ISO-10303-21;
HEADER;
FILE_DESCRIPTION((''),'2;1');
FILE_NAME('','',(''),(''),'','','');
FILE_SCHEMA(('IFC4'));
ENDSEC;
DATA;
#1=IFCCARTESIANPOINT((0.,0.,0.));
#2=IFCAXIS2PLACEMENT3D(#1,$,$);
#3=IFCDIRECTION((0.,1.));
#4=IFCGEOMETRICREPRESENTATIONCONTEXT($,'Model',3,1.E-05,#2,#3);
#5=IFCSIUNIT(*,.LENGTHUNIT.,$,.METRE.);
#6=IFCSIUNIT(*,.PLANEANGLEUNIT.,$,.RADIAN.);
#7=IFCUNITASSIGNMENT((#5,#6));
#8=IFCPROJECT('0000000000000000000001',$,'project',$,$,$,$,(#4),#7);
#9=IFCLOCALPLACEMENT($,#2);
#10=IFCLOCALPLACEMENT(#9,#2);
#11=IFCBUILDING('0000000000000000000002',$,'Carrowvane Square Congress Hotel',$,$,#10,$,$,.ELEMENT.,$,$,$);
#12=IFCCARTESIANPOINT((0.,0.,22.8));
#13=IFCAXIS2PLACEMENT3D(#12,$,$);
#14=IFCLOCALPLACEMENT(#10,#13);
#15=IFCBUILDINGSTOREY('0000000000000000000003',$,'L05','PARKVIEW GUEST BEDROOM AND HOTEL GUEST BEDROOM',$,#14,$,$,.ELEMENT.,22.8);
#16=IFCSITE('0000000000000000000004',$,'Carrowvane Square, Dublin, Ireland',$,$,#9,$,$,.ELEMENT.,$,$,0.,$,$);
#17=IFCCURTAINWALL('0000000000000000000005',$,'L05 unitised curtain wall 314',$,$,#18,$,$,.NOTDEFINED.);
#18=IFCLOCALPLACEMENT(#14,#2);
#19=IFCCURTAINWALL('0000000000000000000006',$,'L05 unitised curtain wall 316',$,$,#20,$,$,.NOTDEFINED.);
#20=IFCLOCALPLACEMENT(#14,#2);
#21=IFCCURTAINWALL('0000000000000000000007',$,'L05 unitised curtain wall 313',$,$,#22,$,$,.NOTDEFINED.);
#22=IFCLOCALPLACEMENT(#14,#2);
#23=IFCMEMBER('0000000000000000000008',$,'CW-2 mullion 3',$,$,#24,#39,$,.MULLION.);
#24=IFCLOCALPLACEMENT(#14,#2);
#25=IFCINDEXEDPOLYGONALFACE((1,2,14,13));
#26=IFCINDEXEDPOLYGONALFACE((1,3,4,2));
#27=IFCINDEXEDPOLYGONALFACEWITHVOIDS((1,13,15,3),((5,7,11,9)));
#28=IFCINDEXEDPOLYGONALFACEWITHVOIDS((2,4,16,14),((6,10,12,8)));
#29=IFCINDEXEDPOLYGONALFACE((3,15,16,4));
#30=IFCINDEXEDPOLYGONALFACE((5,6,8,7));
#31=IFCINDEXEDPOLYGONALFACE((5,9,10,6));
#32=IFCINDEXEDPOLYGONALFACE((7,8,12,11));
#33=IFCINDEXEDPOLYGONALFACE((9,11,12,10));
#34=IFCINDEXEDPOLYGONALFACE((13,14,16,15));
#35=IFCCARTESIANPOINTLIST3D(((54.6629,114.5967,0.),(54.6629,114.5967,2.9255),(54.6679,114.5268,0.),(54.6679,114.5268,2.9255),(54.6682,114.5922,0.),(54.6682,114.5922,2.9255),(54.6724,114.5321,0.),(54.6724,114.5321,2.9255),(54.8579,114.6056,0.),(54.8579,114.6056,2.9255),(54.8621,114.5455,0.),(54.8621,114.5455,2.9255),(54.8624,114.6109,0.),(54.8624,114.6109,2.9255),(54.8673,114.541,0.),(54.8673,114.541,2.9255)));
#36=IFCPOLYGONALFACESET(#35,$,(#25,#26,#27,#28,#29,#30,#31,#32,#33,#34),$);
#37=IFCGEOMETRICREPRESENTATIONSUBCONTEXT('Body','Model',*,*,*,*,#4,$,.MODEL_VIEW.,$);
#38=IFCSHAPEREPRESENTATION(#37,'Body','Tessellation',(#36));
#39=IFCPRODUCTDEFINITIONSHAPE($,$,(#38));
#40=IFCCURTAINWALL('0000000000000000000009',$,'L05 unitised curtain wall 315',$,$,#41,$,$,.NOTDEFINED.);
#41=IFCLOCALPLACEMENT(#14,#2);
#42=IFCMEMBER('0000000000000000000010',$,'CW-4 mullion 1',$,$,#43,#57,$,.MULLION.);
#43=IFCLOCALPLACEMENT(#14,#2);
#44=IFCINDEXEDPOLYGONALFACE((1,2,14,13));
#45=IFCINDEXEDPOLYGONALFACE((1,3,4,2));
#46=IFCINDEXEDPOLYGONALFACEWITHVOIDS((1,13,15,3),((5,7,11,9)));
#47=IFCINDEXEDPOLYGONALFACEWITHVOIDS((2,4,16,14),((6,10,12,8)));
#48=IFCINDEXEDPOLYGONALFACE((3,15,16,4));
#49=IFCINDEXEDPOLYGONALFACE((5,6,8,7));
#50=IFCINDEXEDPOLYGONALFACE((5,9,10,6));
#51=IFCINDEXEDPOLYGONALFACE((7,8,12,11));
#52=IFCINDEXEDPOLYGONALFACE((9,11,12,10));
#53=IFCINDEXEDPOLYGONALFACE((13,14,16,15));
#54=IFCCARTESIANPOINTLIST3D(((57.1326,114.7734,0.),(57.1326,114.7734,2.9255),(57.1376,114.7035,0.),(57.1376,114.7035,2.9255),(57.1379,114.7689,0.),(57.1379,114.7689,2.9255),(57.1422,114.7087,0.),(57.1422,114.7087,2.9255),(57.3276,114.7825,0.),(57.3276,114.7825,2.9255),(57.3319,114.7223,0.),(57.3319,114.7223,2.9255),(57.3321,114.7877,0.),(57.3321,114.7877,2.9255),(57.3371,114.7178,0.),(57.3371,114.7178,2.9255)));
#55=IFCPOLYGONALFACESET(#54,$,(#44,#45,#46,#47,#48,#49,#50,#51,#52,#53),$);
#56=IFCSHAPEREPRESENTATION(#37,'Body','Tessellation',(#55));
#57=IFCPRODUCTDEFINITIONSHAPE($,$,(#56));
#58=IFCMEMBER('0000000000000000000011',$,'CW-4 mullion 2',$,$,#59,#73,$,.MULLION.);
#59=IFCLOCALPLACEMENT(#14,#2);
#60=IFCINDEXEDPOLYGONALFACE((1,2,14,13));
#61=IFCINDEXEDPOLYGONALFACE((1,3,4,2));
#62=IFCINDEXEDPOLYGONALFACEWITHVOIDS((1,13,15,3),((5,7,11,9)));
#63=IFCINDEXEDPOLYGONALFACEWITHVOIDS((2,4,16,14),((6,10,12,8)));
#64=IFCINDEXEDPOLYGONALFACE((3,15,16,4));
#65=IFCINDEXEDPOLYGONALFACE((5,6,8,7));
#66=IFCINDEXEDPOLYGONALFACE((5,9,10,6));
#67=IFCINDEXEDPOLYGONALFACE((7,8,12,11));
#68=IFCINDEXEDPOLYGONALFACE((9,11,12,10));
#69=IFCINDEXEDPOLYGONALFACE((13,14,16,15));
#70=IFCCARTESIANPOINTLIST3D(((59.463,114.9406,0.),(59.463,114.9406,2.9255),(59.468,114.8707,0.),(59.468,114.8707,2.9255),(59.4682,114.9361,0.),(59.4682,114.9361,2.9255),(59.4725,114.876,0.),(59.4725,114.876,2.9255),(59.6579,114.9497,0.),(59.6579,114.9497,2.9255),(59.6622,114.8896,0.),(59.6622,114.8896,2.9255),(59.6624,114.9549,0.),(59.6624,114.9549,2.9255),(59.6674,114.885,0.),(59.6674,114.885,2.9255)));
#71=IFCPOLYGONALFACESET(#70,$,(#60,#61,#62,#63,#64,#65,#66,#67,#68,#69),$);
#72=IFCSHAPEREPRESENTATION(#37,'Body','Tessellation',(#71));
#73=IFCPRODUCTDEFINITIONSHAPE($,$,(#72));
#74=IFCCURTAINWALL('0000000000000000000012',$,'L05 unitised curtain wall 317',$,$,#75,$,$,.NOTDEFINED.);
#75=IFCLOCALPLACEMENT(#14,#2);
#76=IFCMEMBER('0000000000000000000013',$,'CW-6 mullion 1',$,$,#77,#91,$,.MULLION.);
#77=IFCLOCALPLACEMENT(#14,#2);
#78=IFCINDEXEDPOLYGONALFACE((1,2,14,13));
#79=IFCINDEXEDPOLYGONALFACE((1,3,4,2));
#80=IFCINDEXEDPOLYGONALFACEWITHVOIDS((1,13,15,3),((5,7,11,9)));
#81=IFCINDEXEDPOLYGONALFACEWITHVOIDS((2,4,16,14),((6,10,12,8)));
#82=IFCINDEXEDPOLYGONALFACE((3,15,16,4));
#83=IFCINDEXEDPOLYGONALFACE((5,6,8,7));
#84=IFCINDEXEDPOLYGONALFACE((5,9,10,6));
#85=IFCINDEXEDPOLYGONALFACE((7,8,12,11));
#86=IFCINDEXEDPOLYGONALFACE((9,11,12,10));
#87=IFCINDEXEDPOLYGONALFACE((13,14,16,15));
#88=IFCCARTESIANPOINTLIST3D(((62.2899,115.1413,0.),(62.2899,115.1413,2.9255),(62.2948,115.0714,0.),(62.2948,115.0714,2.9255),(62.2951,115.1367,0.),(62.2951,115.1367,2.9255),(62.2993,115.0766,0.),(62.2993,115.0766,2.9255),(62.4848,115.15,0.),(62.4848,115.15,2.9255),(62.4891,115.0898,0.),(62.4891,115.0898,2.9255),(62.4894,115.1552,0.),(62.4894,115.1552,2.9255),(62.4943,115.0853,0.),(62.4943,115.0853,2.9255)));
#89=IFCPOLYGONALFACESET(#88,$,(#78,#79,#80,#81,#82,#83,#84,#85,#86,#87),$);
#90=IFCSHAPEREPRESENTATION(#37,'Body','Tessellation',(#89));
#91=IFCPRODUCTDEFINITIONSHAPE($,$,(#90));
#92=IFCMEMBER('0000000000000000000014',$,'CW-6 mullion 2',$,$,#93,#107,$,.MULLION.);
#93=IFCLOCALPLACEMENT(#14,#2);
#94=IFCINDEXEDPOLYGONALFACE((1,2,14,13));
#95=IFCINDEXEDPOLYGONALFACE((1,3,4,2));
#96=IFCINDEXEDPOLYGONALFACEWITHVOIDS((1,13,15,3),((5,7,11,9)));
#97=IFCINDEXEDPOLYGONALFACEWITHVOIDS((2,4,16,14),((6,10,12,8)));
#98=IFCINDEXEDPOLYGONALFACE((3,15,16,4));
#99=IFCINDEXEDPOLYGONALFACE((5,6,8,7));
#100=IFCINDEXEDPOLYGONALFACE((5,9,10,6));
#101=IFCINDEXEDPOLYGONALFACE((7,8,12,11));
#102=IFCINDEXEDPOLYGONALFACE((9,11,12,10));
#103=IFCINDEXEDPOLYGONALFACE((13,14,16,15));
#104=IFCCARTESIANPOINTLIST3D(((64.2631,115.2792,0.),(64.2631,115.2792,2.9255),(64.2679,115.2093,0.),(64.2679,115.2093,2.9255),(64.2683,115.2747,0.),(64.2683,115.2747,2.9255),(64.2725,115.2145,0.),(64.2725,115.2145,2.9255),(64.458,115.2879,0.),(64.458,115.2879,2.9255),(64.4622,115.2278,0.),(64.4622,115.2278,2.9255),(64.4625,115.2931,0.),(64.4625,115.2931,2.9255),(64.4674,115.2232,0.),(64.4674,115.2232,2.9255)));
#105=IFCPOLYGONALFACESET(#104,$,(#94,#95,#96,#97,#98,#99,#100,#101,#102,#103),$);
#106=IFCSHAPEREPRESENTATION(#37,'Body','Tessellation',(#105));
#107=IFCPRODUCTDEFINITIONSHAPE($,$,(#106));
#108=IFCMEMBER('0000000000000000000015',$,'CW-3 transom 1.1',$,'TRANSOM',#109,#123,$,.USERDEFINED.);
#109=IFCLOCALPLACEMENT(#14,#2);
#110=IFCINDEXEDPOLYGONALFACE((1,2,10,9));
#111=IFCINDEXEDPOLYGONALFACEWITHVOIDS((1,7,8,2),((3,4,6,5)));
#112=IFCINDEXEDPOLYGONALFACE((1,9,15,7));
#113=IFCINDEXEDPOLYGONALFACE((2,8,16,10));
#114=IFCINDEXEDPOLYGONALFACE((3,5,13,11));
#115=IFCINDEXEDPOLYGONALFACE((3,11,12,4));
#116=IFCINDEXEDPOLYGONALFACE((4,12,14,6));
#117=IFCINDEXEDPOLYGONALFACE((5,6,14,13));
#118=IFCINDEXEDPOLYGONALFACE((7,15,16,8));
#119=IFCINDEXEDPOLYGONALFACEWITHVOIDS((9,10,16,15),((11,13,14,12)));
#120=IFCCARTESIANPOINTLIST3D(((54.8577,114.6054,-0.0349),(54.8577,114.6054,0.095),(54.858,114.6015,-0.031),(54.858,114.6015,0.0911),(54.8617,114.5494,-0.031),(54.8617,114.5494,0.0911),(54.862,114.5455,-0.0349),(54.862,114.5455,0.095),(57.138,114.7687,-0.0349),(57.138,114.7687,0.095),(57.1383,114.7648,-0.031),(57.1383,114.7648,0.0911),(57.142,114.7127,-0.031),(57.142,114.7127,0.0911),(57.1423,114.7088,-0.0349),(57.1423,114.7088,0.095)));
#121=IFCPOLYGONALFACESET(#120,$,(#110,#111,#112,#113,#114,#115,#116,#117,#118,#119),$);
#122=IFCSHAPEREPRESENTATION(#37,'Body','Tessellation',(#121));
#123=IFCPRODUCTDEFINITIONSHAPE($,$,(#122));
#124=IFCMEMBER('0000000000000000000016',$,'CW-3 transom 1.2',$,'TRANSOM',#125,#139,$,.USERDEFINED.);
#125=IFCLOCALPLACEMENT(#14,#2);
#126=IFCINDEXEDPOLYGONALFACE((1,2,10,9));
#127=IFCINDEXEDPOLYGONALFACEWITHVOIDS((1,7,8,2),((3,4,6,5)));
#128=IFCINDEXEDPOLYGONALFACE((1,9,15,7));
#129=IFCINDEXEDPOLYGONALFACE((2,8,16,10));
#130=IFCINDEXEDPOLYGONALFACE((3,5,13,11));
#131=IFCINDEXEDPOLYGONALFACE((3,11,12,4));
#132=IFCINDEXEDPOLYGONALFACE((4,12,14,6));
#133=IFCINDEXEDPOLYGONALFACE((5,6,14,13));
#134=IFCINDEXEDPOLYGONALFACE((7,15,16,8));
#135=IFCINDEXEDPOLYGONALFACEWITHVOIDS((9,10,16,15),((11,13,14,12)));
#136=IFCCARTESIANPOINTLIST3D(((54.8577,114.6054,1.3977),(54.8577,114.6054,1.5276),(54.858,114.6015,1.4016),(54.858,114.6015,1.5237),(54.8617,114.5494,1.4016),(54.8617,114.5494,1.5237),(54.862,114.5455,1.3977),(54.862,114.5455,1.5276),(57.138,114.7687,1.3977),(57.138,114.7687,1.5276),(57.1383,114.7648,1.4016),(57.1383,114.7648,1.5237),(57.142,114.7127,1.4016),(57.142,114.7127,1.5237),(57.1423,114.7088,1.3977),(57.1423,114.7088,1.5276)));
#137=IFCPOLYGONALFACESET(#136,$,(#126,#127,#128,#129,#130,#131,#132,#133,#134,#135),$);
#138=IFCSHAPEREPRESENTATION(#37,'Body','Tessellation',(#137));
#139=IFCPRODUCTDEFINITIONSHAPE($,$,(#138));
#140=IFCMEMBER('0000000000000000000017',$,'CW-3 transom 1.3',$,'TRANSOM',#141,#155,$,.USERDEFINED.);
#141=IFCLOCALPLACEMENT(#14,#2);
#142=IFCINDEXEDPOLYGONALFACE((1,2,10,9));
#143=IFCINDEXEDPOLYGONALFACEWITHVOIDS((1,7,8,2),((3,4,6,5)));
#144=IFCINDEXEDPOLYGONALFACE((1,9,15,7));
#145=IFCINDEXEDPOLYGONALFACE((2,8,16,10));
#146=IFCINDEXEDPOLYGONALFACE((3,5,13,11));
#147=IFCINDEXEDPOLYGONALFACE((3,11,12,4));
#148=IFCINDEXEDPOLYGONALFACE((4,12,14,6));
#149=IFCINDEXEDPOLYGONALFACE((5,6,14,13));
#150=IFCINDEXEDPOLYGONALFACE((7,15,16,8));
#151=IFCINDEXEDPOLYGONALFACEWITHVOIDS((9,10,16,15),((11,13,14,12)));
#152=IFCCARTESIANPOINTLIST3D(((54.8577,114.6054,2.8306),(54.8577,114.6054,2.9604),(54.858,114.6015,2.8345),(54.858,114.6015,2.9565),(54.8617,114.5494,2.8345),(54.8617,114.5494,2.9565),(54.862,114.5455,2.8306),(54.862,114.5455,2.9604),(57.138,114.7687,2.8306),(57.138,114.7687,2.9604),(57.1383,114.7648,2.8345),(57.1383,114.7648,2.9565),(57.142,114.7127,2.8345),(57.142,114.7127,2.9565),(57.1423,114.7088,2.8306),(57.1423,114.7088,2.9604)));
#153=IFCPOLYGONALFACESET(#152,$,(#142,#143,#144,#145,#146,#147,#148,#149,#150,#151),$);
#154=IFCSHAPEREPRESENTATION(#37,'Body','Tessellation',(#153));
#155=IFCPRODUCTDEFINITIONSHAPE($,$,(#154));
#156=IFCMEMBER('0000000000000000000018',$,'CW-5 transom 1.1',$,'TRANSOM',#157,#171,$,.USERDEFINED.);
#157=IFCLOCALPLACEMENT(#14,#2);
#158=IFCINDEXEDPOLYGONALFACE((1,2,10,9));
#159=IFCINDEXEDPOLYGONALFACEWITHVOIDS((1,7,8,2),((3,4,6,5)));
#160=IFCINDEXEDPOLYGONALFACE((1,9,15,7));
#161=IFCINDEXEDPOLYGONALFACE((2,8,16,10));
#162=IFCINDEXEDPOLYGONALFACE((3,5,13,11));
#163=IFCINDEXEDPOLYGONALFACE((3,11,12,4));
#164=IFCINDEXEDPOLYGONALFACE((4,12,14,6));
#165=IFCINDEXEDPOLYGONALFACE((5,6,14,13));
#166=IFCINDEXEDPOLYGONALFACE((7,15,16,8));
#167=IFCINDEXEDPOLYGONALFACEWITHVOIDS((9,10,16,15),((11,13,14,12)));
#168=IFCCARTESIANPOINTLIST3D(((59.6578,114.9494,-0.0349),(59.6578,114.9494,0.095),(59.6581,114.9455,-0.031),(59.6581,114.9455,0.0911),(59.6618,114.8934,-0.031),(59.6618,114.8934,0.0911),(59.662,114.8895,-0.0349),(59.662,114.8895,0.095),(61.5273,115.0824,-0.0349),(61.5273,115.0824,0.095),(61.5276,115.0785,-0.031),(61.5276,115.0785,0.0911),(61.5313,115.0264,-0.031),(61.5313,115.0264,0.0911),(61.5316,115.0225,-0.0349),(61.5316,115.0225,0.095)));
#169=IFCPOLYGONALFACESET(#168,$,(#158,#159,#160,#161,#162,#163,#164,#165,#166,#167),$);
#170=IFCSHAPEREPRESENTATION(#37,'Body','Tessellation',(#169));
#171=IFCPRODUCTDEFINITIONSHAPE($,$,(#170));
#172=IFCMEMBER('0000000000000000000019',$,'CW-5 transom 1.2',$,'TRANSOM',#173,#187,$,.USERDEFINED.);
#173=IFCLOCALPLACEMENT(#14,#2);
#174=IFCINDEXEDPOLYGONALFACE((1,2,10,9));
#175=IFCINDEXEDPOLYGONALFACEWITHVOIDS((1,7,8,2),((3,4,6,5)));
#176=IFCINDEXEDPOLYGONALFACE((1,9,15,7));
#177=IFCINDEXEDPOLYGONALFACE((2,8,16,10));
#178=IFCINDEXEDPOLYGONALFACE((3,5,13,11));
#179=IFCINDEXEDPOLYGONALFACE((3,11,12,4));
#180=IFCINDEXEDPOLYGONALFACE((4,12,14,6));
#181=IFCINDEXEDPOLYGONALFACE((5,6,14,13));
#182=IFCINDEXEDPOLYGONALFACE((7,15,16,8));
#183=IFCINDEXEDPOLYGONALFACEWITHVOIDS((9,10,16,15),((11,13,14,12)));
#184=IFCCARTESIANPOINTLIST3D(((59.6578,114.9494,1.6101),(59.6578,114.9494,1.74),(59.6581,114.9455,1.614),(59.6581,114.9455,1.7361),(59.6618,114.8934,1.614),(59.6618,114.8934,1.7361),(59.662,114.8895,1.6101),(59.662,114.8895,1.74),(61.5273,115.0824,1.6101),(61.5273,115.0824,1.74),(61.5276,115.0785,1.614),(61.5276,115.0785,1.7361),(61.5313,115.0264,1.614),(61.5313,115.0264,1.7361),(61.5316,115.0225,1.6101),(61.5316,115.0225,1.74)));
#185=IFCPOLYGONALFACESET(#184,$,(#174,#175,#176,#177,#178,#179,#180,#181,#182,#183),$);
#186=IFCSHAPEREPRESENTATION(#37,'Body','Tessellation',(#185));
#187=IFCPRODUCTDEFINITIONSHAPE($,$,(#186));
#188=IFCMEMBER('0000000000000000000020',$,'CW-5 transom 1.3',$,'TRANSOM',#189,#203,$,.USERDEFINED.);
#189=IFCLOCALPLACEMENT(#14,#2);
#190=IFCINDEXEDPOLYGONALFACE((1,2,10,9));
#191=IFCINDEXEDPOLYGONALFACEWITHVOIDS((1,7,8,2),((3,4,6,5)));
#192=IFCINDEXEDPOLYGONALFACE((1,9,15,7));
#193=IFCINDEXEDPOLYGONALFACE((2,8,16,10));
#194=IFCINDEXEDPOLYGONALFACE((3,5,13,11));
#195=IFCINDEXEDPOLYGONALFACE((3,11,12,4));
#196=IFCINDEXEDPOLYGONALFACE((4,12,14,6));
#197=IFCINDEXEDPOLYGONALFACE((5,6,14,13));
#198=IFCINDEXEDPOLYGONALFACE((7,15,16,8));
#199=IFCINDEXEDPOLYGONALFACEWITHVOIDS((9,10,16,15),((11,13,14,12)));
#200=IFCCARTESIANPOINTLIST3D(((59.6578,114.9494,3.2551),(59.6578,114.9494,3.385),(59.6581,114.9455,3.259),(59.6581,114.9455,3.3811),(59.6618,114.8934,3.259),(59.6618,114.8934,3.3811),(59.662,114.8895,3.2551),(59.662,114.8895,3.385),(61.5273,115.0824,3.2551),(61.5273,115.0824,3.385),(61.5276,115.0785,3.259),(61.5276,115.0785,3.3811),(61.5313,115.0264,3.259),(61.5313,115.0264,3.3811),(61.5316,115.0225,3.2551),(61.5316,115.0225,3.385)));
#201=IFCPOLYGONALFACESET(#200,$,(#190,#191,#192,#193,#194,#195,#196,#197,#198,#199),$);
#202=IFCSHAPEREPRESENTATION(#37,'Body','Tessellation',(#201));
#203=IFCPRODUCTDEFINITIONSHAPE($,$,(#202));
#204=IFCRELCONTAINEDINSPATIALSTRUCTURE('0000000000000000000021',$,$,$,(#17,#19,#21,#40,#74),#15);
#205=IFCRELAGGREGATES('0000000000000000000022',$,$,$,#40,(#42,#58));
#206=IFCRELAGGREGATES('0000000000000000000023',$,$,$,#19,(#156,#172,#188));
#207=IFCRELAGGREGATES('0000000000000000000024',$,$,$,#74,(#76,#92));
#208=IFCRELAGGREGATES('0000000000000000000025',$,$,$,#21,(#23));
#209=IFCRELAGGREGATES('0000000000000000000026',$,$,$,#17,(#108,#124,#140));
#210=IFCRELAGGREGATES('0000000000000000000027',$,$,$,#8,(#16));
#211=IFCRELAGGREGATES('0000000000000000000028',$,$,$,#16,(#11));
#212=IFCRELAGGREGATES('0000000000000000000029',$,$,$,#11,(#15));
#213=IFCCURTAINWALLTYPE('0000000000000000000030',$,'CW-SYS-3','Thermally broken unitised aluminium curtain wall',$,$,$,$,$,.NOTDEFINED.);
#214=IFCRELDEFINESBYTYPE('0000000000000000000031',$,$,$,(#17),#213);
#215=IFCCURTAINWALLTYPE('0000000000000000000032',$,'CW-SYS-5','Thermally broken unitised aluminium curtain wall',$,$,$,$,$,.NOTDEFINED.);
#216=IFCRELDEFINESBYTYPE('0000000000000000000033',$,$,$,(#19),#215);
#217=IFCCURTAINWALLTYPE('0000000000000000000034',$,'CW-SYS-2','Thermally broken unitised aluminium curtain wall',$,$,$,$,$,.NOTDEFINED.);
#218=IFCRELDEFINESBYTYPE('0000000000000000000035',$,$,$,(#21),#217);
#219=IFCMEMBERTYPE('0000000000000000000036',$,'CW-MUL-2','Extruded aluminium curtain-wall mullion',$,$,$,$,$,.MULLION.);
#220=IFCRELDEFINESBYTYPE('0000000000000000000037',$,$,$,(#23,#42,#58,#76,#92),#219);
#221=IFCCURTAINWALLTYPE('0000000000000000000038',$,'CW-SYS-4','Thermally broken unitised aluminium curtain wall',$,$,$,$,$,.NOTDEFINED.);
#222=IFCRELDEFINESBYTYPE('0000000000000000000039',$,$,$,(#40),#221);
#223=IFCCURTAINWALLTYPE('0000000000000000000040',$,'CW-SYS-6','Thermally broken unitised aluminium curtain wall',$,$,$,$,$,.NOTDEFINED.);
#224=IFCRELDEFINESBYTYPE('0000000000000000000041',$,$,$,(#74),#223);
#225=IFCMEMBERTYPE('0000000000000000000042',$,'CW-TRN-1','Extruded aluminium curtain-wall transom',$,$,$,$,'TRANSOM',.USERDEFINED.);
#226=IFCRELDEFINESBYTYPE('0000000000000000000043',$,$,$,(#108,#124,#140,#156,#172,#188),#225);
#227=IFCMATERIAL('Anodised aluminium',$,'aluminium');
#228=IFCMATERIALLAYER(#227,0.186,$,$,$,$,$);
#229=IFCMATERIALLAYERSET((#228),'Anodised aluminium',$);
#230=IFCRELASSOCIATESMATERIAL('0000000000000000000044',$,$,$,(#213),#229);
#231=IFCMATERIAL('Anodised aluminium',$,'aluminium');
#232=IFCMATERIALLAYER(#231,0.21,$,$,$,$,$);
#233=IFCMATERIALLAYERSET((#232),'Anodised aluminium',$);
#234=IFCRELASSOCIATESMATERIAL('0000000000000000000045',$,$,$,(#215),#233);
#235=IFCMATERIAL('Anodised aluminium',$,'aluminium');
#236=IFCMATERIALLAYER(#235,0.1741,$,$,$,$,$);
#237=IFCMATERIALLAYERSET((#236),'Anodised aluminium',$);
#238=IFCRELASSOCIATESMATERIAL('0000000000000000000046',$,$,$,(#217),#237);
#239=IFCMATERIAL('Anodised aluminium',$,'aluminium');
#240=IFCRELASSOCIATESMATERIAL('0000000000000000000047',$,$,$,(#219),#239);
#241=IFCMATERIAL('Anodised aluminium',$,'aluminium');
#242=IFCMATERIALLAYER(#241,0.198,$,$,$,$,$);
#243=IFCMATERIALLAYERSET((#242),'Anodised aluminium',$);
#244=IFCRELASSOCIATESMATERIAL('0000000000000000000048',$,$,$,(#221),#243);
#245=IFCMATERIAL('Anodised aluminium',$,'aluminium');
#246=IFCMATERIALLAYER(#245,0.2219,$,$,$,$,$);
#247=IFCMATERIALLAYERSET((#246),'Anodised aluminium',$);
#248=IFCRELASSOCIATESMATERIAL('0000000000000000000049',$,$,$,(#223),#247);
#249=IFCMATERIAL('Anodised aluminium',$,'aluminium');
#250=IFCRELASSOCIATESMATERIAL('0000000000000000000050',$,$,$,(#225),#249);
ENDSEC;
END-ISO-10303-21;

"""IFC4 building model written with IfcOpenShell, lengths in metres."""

from ifc_helpers import new_model, si_unit, direction, frame, origin, origin_2d, place, context, subcontext, project, spatial, hollow_rectangle, extrude, material, layer, layer_set, material_profile, profile_set, type_object, element, aggregate, save


model = new_model("IFC4")

# Units and contexts
model_context = context("Model", 3, precision=1e-05, world=origin(), true_north=direction((0.0, 1.0)))
body_context = subcontext(model_context, "Body", "Model", "MODEL_VIEW")
ifc_project = project(units=[si_unit("LENGTHUNIT", "METRE"), si_unit("PLANEANGLEUNIT", "RADIAN")], contexts=[model_context])

# Site, building, storey
site_placement = place(None, origin())
site = spatial("IfcSite", under=ifc_project, at=site_placement, Name="Carrowvane Square, Dublin, Ireland", CompositionType="ELEMENT", RefElevation=0.0)
building_placement = place(site_placement, origin())
building = spatial("IfcBuilding", under=site, at=building_placement, Name="Carrowvane Square Congress Hotel", CompositionType="ELEMENT")
storey_placement = place(building_placement, frame((0.0, 0.0, 22.8)))
storey = spatial("IfcBuildingStorey", under=building, at=storey_placement, Name="L05", Description="PARKVIEW GUEST BEDROOM AND HOTEL GUEST BEDROOM", CompositionType="ELEMENT", Elevation=22.8)

# Curtain walls
ifc_material_1 = material(Name="Anodised aluminium", Category="aluminium")
ifc_layer_1 = layer(ifc_material_1, 0.186)
ifc_layer_set_1 = layer_set([ifc_layer_1], Name="Anodised aluminium")
curtain_wall_type_1 = type_object("IfcCurtainWallType", Name="CW-SYS-3", Description="Thermally broken unitised aluminium curtain wall", PredefinedType="NOTDEFINED", material=ifc_layer_set_1)
curtain_wall_1_placement = place(storey_placement, origin())
curtain_wall_1 = element("IfcCurtainWall", 1, at=curtain_wall_1_placement, inside=storey, type_object=curtain_wall_type_1, Name="L05 unitised curtain wall 314", PredefinedType="NOTDEFINED")
ifc_material_2 = material(Name="Anodised aluminium", Category="aluminium")
ifc_layer_2 = layer(ifc_material_2, 0.21)
ifc_layer_set_2 = layer_set([ifc_layer_2], Name="Anodised aluminium")
curtain_wall_type_2 = type_object("IfcCurtainWallType", Name="CW-SYS-5", Description="Thermally broken unitised aluminium curtain wall", PredefinedType="NOTDEFINED", material=ifc_layer_set_2)
curtain_wall_2_placement = place(storey_placement, origin())
curtain_wall_2 = element("IfcCurtainWall", 2, at=curtain_wall_2_placement, inside=storey, type_object=curtain_wall_type_2, Name="L05 unitised curtain wall 316", PredefinedType="NOTDEFINED")

# Curtain wall, member
ifc_material_3 = material(Name="Anodised aluminium", Category="aluminium")
ifc_layer_3 = layer(ifc_material_3, 0.1741)
ifc_layer_set_3 = layer_set([ifc_layer_3], Name="Anodised aluminium")
curtain_wall_type_3 = type_object("IfcCurtainWallType", Name="CW-SYS-2", Description="Thermally broken unitised aluminium curtain wall", PredefinedType="NOTDEFINED", material=ifc_layer_set_3)
curtain_wall_3_placement = place(storey_placement, origin())
curtain_wall_3 = element("IfcCurtainWall", 3, at=curtain_wall_3_placement, inside=storey, type_object=curtain_wall_type_3, Name="L05 unitised curtain wall 313", PredefinedType="NOTDEFINED")
ifc_material_4 = material(Name="Anodised aluminium", Category="aluminium")
ifc_material_profile_1 = material_profile(ifc_material_4, hollow_rectangle(XDim=0.0701, YDim=0.2, WallThickness=0.0049, at=origin_2d()), Name="CW-ML 70x200x5")
ifc_profile_set_1 = profile_set([ifc_material_profile_1], Name="Anodised aluminium")
member_type_1 = type_object("IfcMemberType", Name="CW-MUL-2", Description="Extruded aluminium curtain-wall mullion", PredefinedType="MULLION", material=ifc_profile_set_1)
member_1_placement = place(storey_placement, frame((54.7651, 114.5688, 0.0), z_axis=(0.0, 0.0, 1.0), x_axis=(-0.070586, 0.997506, 0.0)))
member_1 = element("IfcMember", 4, at=member_1_placement, type_object=member_type_1, Name="CW-2 mullion 3", PredefinedType="MULLION", context=body_context, shape_type="SweptSolid", body=[
    extrude(hollow_rectangle(XDim=0.0701, YDim=0.2, WallThickness=0.0049, at=origin_2d()), origin(), (0.0, 0.0, 1.0), 2.9255),
])

# Curtain walls, members
ifc_material_5 = material(Name="Anodised aluminium", Category="aluminium")
ifc_layer_4 = layer(ifc_material_5, 0.198)
ifc_layer_set_4 = layer_set([ifc_layer_4], Name="Anodised aluminium")
curtain_wall_type_4 = type_object("IfcCurtainWallType", Name="CW-SYS-4", Description="Thermally broken unitised aluminium curtain wall", PredefinedType="NOTDEFINED", material=ifc_layer_set_4)
curtain_wall_4_placement = place(storey_placement, origin())
curtain_wall_4 = element("IfcCurtainWall", 5, at=curtain_wall_4_placement, inside=storey, type_object=curtain_wall_type_4, Name="L05 unitised curtain wall 315", PredefinedType="NOTDEFINED")
member_2_placement = place(storey_placement, frame((57.2349, 114.7456, 0.0), z_axis=(0.0, 0.0, 1.0), x_axis=(-0.071532, 0.997438, 0.0)))
member_2 = element("IfcMember", 6, at=member_2_placement, type_object=member_type_1, Name="CW-4 mullion 1", PredefinedType="MULLION", context=body_context, shape_type="SweptSolid", body=[
    extrude(hollow_rectangle(XDim=0.0701, YDim=0.2, WallThickness=0.0049, at=origin_2d()), origin(), (0.0, 0.0, 1.0), 2.9255),
])
member_3_placement = place(storey_placement, frame((59.5652, 114.9128, 0.0), z_axis=(0.0, 0.0, 1.0), x_axis=(-0.071532, 0.997438, 0.0)))
member_3 = element("IfcMember", 7, at=member_3_placement, type_object=member_type_1, Name="CW-4 mullion 2", PredefinedType="MULLION", context=body_context, shape_type="SweptSolid", body=[
    extrude(hollow_rectangle(XDim=0.0701, YDim=0.2, WallThickness=0.0049, at=origin_2d()), origin(), (0.0, 0.0, 1.0), 2.9255),
])
ifc_material_6 = material(Name="Anodised aluminium", Category="aluminium")
ifc_layer_5 = layer(ifc_material_6, 0.2219)
ifc_layer_set_5 = layer_set([ifc_layer_5], Name="Anodised aluminium")
curtain_wall_type_5 = type_object("IfcCurtainWallType", Name="CW-SYS-6", Description="Thermally broken unitised aluminium curtain wall", PredefinedType="NOTDEFINED", material=ifc_layer_set_5)
curtain_wall_5_placement = place(storey_placement, origin())
curtain_wall_5 = element("IfcCurtainWall", 8, at=curtain_wall_5_placement, inside=storey, type_object=curtain_wall_type_5, Name="L05 unitised curtain wall 317", PredefinedType="NOTDEFINED")
member_4_placement = place(storey_placement, frame((62.3921, 115.1133, 0.0), z_axis=(0.0, 0.0, 1.0), x_axis=(-0.069724, 0.997566, 0.0)))
member_4 = element("IfcMember", 9, at=member_4_placement, type_object=member_type_1, Name="CW-6 mullion 1", PredefinedType="MULLION", context=body_context, shape_type="SweptSolid", body=[
    extrude(hollow_rectangle(XDim=0.0701, YDim=0.2, WallThickness=0.0049, at=origin_2d()), origin(), (0.0, 0.0, 1.0), 2.9255),
])
member_5_placement = place(storey_placement, frame((64.3652, 115.2512, 0.0), z_axis=(0.0, 0.0, 1.0), x_axis=(-0.069724, 0.997566, 0.0)))
member_5 = element("IfcMember", 10, at=member_5_placement, type_object=member_type_1, Name="CW-6 mullion 2", PredefinedType="MULLION", context=body_context, shape_type="SweptSolid", body=[
    extrude(hollow_rectangle(XDim=0.0701, YDim=0.2, WallThickness=0.0049, at=origin_2d()), origin(), (0.0, 0.0, 1.0), 2.9255),
])

# Members
ifc_material_7 = material(Name="Anodised aluminium", Category="aluminium")
ifc_material_profile_2 = material_profile(ifc_material_7, hollow_rectangle(XDim=0.0601, YDim=0.1299, WallThickness=0.0039, at=origin_2d()), Name="CW-TR 60x130x4")
ifc_profile_set_2 = profile_set([ifc_material_profile_2], Name="Anodised aluminium")
member_type_2 = type_object("IfcMemberType", Name="CW-TRN-1", Description="Extruded aluminium curtain-wall transom", ElementType="TRANSOM", PredefinedType="USERDEFINED", material=ifc_profile_set_2)
member_6_placement = place(storey_placement, frame((54.8599, 114.5754, 0.03), z_axis=(0.997445, 0.071444, 0.0), x_axis=(-0.071444, 0.997445, 0.0)))
member_6 = element("IfcMember", 11, at=member_6_placement, type_object=member_type_2, Name="CW-3 transom 1.1", ObjectType="TRANSOM", PredefinedType="USERDEFINED", context=body_context, shape_type="SweptSolid", body=[
    extrude(hollow_rectangle(XDim=0.0601, YDim=0.1299, WallThickness=0.0039, at=origin_2d()), origin(), (0.0, 0.0, 1.0), 2.2861),
])
member_7_placement = place(storey_placement, frame((54.8599, 114.5754, 1.4626), z_axis=(0.997445, 0.071444, 0.0), x_axis=(-0.071444, 0.997445, 0.0)))
member_7 = element("IfcMember", 12, at=member_7_placement, type_object=member_type_2, Name="CW-3 transom 1.2", ObjectType="TRANSOM", PredefinedType="USERDEFINED", context=body_context, shape_type="SweptSolid", body=[
    extrude(hollow_rectangle(XDim=0.0601, YDim=0.1299, WallThickness=0.0039, at=origin_2d()), origin(), (0.0, 0.0, 1.0), 2.2861),
])
member_8_placement = place(storey_placement, frame((54.8599, 114.5754, 2.8955), z_axis=(0.997445, 0.071444, 0.0), x_axis=(-0.071444, 0.997445, 0.0)))
member_8 = element("IfcMember", 13, at=member_8_placement, type_object=member_type_2, Name="CW-3 transom 1.3", ObjectType="TRANSOM", PredefinedType="USERDEFINED", context=body_context, shape_type="SweptSolid", body=[
    extrude(hollow_rectangle(XDim=0.0601, YDim=0.1299, WallThickness=0.0039, at=origin_2d()), origin(), (0.0, 0.0, 1.0), 2.2861),
])
member_9_placement = place(storey_placement, frame((59.6599, 114.9194, 0.03), z_axis=(0.997477, 0.070988, 0.0), x_axis=(-0.070988, 0.997477, 0.0)))
member_9 = element("IfcMember", 14, at=member_9_placement, type_object=member_type_2, Name="CW-5 transom 1.1", ObjectType="TRANSOM", PredefinedType="USERDEFINED", context=body_context, shape_type="SweptSolid", body=[
    extrude(hollow_rectangle(XDim=0.0601, YDim=0.1299, WallThickness=0.0039, at=origin_2d()), origin(), (0.0, 0.0, 1.0), 1.8743),
])
member_10_placement = place(storey_placement, frame((59.6599, 114.9194, 1.675), z_axis=(0.997477, 0.070988, 0.0), x_axis=(-0.070988, 0.997477, 0.0)))
member_10 = element("IfcMember", 15, at=member_10_placement, type_object=member_type_2, Name="CW-5 transom 1.2", ObjectType="TRANSOM", PredefinedType="USERDEFINED", context=body_context, shape_type="SweptSolid", body=[
    extrude(hollow_rectangle(XDim=0.0601, YDim=0.1299, WallThickness=0.0039, at=origin_2d()), origin(), (0.0, 0.0, 1.0), 1.8743),
])
member_11_placement = place(storey_placement, frame((59.6599, 114.9194, 3.3201), z_axis=(0.997477, 0.070988, 0.0), x_axis=(-0.070988, 0.997477, 0.0)))
member_11 = element("IfcMember", 16, at=member_11_placement, type_object=member_type_2, Name="CW-5 transom 1.3", ObjectType="TRANSOM", PredefinedType="USERDEFINED", context=body_context, shape_type="SweptSolid", body=[
    extrude(hollow_rectangle(XDim=0.0601, YDim=0.1299, WallThickness=0.0039, at=origin_2d()), origin(), (0.0, 0.0, 1.0), 1.8743),
])

aggregate(curtain_wall_4, [member_2, member_3])
aggregate(curtain_wall_2, [member_9, member_10, member_11])
aggregate(curtain_wall_5, [member_4, member_5])
aggregate(curtain_wall_3, [member_1])
aggregate(curtain_wall_1, [member_6, member_7, member_8])

save(model, "model.ifc")
